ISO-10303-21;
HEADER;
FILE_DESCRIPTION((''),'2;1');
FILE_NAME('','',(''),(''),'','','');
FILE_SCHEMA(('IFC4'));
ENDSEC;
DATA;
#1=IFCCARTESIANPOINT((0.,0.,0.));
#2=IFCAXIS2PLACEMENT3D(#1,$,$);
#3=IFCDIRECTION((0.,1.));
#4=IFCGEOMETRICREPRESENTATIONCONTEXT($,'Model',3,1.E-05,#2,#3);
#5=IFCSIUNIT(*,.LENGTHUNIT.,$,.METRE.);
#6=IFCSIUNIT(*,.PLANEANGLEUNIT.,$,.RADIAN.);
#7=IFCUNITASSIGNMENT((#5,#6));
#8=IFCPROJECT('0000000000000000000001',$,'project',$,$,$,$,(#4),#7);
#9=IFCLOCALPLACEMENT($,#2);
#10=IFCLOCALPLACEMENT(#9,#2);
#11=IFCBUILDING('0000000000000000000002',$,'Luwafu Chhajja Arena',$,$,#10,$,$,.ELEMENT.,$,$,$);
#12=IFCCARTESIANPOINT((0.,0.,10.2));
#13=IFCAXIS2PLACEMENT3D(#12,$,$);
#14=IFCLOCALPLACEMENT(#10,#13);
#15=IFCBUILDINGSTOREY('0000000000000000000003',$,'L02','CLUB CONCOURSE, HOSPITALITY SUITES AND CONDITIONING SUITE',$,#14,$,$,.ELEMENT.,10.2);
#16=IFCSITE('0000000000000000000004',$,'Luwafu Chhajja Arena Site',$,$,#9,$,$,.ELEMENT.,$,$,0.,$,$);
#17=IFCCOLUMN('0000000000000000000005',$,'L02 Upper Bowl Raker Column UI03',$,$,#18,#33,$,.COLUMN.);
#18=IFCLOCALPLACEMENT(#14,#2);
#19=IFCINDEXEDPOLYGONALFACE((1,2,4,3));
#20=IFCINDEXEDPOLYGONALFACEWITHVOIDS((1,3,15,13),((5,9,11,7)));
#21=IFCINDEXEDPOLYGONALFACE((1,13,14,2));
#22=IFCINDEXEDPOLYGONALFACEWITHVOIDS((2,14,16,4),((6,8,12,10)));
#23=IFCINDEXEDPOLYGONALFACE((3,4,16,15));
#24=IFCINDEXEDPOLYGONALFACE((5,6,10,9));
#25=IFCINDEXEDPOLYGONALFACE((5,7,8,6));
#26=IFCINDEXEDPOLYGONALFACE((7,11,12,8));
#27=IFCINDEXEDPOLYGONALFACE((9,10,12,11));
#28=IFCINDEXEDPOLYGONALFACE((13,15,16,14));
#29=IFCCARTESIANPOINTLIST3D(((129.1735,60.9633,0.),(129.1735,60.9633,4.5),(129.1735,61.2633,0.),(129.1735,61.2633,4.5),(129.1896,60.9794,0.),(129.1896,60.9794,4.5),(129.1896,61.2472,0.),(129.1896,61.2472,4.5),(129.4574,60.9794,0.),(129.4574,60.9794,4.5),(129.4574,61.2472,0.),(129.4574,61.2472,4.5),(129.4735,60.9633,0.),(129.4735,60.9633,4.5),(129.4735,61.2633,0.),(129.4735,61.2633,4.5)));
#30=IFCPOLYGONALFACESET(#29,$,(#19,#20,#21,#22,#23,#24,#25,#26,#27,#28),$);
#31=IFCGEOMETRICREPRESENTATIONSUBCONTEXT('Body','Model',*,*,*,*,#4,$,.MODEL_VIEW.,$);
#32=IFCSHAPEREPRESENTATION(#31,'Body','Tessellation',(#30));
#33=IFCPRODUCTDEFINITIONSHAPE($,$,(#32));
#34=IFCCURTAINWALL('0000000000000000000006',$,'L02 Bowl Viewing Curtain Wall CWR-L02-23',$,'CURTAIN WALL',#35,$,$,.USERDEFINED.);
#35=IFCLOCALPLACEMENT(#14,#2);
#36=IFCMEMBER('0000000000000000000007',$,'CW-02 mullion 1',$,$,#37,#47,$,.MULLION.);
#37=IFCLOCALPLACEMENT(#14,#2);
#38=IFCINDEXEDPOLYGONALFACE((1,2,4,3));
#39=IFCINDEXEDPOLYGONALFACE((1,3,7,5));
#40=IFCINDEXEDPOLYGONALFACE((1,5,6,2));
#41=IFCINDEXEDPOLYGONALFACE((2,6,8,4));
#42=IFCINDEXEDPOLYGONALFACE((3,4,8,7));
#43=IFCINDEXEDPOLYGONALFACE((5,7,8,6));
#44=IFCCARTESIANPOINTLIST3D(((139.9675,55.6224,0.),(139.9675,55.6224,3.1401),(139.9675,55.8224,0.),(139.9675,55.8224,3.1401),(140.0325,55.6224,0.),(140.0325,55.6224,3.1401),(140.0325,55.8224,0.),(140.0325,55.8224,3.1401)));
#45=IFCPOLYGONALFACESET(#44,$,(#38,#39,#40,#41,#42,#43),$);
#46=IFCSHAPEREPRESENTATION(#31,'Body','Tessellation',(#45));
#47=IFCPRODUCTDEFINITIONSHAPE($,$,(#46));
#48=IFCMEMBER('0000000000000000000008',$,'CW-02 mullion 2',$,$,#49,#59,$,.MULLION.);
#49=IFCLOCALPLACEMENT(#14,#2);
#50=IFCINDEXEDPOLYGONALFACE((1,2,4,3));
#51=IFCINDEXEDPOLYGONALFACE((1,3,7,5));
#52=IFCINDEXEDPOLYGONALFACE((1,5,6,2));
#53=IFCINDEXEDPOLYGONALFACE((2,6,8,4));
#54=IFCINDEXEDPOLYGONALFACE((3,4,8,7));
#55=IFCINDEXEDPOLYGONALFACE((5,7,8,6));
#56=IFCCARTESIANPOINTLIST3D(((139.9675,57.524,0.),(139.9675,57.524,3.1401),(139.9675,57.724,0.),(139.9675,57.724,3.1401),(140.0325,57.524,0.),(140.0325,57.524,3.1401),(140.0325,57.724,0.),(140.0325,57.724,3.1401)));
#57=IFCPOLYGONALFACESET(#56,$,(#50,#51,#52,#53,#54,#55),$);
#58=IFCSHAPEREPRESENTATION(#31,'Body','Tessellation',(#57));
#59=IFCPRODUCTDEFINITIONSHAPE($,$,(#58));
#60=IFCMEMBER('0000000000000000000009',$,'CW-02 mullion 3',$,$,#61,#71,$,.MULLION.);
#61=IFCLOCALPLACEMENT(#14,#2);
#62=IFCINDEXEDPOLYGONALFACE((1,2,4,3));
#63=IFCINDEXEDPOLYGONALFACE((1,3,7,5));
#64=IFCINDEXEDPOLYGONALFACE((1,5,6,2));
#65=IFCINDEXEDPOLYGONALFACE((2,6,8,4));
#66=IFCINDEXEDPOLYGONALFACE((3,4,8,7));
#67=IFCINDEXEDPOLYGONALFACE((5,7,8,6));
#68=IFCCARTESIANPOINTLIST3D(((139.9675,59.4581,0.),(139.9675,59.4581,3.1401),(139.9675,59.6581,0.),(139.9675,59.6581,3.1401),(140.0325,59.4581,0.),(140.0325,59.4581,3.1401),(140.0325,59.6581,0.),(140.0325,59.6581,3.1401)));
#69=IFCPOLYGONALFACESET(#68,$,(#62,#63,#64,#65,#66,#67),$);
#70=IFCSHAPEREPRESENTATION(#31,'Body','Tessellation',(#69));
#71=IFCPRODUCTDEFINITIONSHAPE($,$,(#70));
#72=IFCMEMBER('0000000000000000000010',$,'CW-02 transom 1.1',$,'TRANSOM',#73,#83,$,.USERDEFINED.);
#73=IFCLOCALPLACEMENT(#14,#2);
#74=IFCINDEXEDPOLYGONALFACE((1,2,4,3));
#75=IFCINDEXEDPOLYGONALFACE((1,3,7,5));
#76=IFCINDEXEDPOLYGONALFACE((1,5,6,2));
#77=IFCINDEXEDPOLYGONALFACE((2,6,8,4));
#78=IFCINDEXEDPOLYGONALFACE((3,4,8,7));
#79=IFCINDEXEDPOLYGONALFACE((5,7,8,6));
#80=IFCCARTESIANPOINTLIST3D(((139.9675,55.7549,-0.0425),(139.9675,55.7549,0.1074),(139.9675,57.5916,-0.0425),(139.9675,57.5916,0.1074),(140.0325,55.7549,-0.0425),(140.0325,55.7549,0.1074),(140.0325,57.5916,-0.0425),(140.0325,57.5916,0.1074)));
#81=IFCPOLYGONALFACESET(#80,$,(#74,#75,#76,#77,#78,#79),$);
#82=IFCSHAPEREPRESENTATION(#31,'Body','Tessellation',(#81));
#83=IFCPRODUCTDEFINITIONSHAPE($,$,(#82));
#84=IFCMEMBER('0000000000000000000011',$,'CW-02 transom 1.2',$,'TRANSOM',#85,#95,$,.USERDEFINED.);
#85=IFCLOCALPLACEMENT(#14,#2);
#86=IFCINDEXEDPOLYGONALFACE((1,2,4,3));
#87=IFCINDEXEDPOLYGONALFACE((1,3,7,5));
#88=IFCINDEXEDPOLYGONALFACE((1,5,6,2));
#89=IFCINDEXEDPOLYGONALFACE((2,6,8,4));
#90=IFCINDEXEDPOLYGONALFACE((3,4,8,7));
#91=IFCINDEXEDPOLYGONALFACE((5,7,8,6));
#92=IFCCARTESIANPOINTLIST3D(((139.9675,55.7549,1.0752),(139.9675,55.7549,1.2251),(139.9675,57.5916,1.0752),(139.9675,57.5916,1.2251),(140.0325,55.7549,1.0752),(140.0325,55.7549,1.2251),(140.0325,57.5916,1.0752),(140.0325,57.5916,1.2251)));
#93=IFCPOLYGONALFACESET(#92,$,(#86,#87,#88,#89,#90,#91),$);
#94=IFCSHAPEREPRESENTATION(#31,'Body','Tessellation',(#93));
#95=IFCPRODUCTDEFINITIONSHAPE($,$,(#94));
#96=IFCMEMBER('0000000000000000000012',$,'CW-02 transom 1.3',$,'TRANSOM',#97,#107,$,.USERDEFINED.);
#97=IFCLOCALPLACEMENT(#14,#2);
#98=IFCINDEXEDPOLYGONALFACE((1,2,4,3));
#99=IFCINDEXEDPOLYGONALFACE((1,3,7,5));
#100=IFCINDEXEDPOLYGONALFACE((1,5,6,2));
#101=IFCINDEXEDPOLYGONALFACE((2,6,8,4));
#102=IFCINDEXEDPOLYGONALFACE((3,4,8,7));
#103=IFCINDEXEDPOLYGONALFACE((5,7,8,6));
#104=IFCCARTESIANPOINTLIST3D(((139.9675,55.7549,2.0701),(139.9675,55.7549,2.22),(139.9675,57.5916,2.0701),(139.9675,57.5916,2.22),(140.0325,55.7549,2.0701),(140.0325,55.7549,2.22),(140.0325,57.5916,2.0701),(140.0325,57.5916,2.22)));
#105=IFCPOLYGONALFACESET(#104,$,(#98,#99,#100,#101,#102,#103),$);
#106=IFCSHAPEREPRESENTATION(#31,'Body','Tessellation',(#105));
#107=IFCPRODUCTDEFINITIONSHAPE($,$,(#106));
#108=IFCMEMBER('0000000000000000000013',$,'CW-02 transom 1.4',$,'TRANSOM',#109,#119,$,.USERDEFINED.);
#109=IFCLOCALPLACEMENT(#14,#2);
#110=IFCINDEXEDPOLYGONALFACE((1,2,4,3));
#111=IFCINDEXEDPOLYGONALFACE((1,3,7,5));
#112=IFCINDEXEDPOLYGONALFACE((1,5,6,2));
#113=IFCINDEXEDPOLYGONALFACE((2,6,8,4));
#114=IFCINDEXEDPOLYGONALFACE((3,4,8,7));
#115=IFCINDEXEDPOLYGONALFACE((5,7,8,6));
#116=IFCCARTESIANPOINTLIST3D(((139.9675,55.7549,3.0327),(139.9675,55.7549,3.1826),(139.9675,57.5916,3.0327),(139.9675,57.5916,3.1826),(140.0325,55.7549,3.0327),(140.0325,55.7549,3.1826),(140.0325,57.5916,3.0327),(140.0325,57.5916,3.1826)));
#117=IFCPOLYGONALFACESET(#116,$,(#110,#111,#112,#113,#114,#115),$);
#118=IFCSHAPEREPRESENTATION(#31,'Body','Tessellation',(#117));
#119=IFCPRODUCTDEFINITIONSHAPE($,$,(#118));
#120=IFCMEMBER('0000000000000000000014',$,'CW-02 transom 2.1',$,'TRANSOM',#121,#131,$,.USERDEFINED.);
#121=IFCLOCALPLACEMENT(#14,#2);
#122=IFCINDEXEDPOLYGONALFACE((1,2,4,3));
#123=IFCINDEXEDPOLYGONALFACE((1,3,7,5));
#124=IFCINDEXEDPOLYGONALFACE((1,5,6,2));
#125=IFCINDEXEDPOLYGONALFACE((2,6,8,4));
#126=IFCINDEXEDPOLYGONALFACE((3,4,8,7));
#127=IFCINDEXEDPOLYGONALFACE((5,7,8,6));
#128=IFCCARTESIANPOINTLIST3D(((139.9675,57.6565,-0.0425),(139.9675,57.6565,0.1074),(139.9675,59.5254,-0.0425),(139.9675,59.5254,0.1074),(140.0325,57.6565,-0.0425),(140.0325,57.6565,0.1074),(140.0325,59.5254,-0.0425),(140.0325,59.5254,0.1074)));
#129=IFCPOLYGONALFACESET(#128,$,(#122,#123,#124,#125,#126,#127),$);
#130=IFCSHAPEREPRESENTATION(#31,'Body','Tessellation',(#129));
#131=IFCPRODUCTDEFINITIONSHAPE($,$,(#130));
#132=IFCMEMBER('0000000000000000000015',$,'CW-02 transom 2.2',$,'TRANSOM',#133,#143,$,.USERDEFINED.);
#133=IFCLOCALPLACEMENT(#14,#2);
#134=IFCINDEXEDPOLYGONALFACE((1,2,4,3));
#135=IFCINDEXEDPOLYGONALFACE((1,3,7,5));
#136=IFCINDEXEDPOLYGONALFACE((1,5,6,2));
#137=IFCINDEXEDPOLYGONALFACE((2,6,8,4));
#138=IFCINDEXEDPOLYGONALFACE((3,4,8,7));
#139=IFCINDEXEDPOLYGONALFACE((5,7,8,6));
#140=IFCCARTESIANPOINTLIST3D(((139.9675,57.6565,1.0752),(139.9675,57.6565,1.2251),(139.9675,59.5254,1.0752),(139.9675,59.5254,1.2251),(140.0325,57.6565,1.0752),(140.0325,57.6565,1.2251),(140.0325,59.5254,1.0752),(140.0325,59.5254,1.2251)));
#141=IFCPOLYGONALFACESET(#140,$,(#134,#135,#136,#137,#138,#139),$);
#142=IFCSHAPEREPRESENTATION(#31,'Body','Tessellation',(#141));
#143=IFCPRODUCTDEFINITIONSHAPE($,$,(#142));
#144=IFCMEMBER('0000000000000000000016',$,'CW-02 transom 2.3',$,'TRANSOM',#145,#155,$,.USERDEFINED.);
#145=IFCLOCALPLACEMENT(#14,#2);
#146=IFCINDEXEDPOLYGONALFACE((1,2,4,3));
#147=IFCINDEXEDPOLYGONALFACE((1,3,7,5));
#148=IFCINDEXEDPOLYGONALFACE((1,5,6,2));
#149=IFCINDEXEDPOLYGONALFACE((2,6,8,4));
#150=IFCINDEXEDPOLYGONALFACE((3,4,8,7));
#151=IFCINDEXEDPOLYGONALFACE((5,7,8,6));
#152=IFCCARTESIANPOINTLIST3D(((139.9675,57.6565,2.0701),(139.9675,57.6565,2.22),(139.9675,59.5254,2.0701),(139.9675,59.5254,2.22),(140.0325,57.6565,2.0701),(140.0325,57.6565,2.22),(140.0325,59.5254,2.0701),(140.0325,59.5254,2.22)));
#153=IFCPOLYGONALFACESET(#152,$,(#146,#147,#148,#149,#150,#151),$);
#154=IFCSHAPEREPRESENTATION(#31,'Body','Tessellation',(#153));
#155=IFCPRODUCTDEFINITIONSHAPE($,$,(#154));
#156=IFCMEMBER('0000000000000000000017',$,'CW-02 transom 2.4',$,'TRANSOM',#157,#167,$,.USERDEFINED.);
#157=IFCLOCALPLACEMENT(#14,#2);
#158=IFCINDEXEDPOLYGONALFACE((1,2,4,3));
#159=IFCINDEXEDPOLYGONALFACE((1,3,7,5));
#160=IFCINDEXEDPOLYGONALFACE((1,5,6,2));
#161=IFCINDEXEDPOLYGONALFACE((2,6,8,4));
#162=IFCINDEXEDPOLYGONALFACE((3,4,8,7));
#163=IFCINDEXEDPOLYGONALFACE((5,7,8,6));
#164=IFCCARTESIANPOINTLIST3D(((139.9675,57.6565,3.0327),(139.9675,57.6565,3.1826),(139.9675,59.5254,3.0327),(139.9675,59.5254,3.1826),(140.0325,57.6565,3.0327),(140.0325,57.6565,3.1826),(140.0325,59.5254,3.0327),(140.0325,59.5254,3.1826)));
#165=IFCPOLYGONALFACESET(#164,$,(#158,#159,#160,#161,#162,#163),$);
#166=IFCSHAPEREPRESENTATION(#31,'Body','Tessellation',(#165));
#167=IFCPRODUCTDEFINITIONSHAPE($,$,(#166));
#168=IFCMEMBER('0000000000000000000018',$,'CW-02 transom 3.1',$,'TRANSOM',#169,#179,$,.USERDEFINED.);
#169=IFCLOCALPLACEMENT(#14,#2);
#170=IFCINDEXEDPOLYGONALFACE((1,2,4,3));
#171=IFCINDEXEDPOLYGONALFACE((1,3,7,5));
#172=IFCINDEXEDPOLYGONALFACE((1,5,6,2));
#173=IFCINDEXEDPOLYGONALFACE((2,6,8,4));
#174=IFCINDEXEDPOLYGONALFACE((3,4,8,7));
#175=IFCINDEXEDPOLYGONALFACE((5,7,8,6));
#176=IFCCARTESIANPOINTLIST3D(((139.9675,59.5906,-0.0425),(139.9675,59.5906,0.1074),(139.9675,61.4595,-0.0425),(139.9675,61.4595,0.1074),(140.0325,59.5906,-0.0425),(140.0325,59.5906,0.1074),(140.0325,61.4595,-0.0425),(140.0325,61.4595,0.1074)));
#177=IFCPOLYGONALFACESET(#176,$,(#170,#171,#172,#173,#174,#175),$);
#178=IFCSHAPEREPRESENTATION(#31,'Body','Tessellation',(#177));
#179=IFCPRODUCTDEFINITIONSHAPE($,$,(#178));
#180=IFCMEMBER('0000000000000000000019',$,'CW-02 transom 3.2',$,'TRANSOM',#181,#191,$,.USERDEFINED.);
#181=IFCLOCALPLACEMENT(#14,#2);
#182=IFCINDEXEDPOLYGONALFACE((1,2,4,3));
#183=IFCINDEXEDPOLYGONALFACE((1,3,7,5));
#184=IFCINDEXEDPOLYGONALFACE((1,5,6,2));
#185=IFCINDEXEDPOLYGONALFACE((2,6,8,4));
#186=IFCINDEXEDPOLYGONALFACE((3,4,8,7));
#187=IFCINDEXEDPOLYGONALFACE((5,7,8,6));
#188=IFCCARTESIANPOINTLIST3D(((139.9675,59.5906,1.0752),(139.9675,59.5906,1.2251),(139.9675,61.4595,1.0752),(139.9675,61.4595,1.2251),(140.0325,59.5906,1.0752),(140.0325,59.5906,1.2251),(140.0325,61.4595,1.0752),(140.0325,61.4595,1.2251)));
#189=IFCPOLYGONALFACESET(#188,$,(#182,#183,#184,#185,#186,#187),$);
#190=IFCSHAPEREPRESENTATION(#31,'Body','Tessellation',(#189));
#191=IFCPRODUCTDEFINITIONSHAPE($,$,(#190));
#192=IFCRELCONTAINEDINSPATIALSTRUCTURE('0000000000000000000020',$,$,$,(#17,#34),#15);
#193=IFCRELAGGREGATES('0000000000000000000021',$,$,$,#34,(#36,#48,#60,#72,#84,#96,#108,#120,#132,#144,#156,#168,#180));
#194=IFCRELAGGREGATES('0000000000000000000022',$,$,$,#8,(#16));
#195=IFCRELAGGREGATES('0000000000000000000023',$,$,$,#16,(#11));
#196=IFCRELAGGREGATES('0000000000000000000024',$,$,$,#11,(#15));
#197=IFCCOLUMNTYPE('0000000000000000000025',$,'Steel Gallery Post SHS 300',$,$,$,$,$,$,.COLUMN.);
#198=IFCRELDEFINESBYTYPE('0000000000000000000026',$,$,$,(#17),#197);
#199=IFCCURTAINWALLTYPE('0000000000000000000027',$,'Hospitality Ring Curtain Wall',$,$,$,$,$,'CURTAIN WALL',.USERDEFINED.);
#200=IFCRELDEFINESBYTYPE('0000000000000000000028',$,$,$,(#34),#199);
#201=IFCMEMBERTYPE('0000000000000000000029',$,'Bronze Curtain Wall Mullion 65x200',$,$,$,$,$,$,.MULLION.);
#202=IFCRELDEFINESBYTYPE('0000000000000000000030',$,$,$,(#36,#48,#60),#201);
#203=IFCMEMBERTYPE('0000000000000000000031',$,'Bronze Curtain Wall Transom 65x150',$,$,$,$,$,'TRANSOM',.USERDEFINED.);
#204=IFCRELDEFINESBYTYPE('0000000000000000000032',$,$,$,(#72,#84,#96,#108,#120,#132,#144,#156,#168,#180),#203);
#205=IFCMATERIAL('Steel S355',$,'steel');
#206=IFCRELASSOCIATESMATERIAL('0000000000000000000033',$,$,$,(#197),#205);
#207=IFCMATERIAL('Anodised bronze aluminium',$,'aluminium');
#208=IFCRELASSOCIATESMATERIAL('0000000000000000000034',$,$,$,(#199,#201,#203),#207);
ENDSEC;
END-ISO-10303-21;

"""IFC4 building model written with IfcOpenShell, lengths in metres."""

from ifc_helpers import new_model, si_unit, direction, frame, origin, origin_2d, place, context, subcontext, project, spatial, rectangle, hollow_rectangle, extrude, material, material_profile, profile_set, type_object, element, aggregate, save


model = new_model("IFC4")

# Units and contexts
model_context = context("Model", 3, precision=1e-05, world=origin(), true_north=direction((0.0, 1.0)))
body_context = subcontext(model_context, "Body", "Model", "MODEL_VIEW")
ifc_project = project(units=[si_unit("LENGTHUNIT", "METRE"), si_unit("PLANEANGLEUNIT", "RADIAN")], contexts=[model_context])

# Site, building, storey
site_placement = place(None, origin())
site = spatial("IfcSite", under=ifc_project, at=site_placement, Name="Luwafu Chhajja Arena Site", CompositionType="ELEMENT", RefElevation=0.0)
building_placement = place(site_placement, origin())
building = spatial("IfcBuilding", under=site, at=building_placement, Name="Luwafu Chhajja Arena", CompositionType="ELEMENT")
storey_placement = place(building_placement, frame((0.0, 0.0, 10.2)))
storey = spatial("IfcBuildingStorey", under=building, at=storey_placement, Name="L02", Description="CLUB CONCOURSE, HOSPITALITY SUITES AND CONDITIONING SUITE", CompositionType="ELEMENT", Elevation=10.2)

# Column
ifc_material_1 = material(Name="Steel S355", Category="steel")
ifc_material_profile_1 = material_profile(ifc_material_1, hollow_rectangle(XDim=0.3, YDim=0.3, WallThickness=0.0161, at=origin_2d()), Name="SHS 300x300x16")
ifc_profile_set_1 = profile_set([ifc_material_profile_1], Name="Steel S355")
column_type = type_object("IfcColumnType", Name="Steel Gallery Post SHS 300", PredefinedType="COLUMN", material=ifc_profile_set_1)
column_placement = place(storey_placement, frame((129.3235, 61.1133, 0.0), z_axis=(0.0, 0.0, 1.0), x_axis=(1.0, 0.0, 0.0)))
element("IfcColumn", 1, at=column_placement, inside=storey, type_object=column_type, Name="L02 Upper Bowl Raker Column UI03", PredefinedType="COLUMN", context=body_context, shape_type="SweptSolid", body=[
    extrude(hollow_rectangle(XDim=0.3, YDim=0.3, WallThickness=0.0161, at=origin_2d()), origin(), (0.0, 0.0, 1.0), 4.5),
])

# Curtain wall, members
ifc_material_2 = material(Name="Anodised bronze aluminium", Category="aluminium")
curtain_wall_type = type_object("IfcCurtainWallType", Name="Hospitality Ring Curtain Wall", ElementType="CURTAIN WALL", PredefinedType="USERDEFINED", material=ifc_material_2)
curtain_wall_placement = place(storey_placement, origin())
curtain_wall = element("IfcCurtainWall", 2, at=curtain_wall_placement, inside=storey, type_object=curtain_wall_type, Name="L02 Bowl Viewing Curtain Wall CWR-L02-23", ObjectType="CURTAIN WALL", PredefinedType="USERDEFINED")
ifc_material_profile_2 = material_profile(ifc_material_2, rectangle(XDim=0.0649, YDim=0.2, at=origin_2d()), Name="CWM 65x200")
ifc_profile_set_2 = profile_set([ifc_material_profile_2], Name="Anodised bronze aluminium")
member_type_1 = type_object("IfcMemberType", Name="Bronze Curtain Wall Mullion 65x200", PredefinedType="MULLION", material=ifc_profile_set_2)
member_1_placement = place(storey_placement, frame((140.0, 55.7224, 0.0), z_axis=(0.0, 0.0, 1.0), x_axis=(-1.0, 0.0, 0.0)))
member_1 = element("IfcMember", 3, at=member_1_placement, type_object=member_type_1, Name="CW-02 mullion 1", PredefinedType="MULLION", context=body_context, shape_type="SweptSolid", body=[
    extrude(rectangle(XDim=0.0649, YDim=0.2, at=origin_2d()), origin(), (0.0, 0.0, 1.0), 3.1401),
])
member_2_placement = place(storey_placement, frame((140.0, 57.624, 0.0), z_axis=(0.0, 0.0, 1.0), x_axis=(-1.0, 0.0, 0.0)))
member_2 = element("IfcMember", 4, at=member_2_placement, type_object=member_type_1, Name="CW-02 mullion 2", PredefinedType="MULLION", context=body_context, shape_type="SweptSolid", body=[
    extrude(rectangle(XDim=0.0649, YDim=0.2, at=origin_2d()), origin(), (0.0, 0.0, 1.0), 3.1401),
])
member_3_placement = place(storey_placement, frame((140.0, 59.5581, 0.0), z_axis=(0.0, 0.0, 1.0), x_axis=(-1.0, 0.0, 0.0)))
member_3 = element("IfcMember", 5, at=member_3_placement, type_object=member_type_1, Name="CW-02 mullion 3", PredefinedType="MULLION", context=body_context, shape_type="SweptSolid", body=[
    extrude(rectangle(XDim=0.0649, YDim=0.2, at=origin_2d()), origin(), (0.0, 0.0, 1.0), 3.1401),
])
ifc_material_profile_3 = material_profile(ifc_material_2, rectangle(XDim=0.0649, YDim=0.1499, at=origin_2d()), Name="CWT 65x150")
ifc_profile_set_3 = profile_set([ifc_material_profile_3], Name="Anodised bronze aluminium")
member_type_2 = type_object("IfcMemberType", Name="Bronze Curtain Wall Transom 65x150", ElementType="TRANSOM", PredefinedType="USERDEFINED", material=ifc_profile_set_3)
member_4_placement = place(storey_placement, frame((140.0, 55.7549, 0.0325), z_axis=(0.0, 1.0, 0.0), x_axis=(-1.0, 0.0, 0.0)))
member_4 = element("IfcMember", 6, at=member_4_placement, type_object=member_type_2, Name="CW-02 transom 1.1", ObjectType="TRANSOM", PredefinedType="USERDEFINED", context=body_context, shape_type="SweptSolid", body=[
    extrude(rectangle(XDim=0.0649, YDim=0.1499, at=origin_2d()), origin(), (0.0, 0.0, 1.0), 1.8367),
])
member_5_placement = place(storey_placement, frame((140.0, 55.7549, 1.1501), z_axis=(0.0, 1.0, 0.0), x_axis=(-1.0, 0.0, 0.0)))
member_5 = element("IfcMember", 7, at=member_5_placement, type_object=member_type_2, Name="CW-02 transom 1.2", ObjectType="TRANSOM", PredefinedType="USERDEFINED", context=body_context, shape_type="SweptSolid", body=[
    extrude(rectangle(XDim=0.0649, YDim=0.1499, at=origin_2d()), origin(), (0.0, 0.0, 1.0), 1.8367),
])
member_6_placement = place(storey_placement, frame((140.0, 55.7549, 2.145), z_axis=(0.0, 1.0, 0.0), x_axis=(-1.0, 0.0, 0.0)))
member_6 = element("IfcMember", 8, at=member_6_placement, type_object=member_type_2, Name="CW-02 transom 1.3", ObjectType="TRANSOM", PredefinedType="USERDEFINED", context=body_context, shape_type="SweptSolid", body=[
    extrude(rectangle(XDim=0.0649, YDim=0.1499, at=origin_2d()), origin(), (0.0, 0.0, 1.0), 1.8367),
])
member_7_placement = place(storey_placement, frame((140.0, 55.7549, 3.1077), z_axis=(0.0, 1.0, 0.0), x_axis=(-1.0, 0.0, 0.0)))
member_7 = element("IfcMember", 9, at=member_7_placement, type_object=member_type_2, Name="CW-02 transom 1.4", ObjectType="TRANSOM", PredefinedType="USERDEFINED", context=body_context, shape_type="SweptSolid", body=[
    extrude(rectangle(XDim=0.0649, YDim=0.1499, at=origin_2d()), origin(), (0.0, 0.0, 1.0), 1.8367),
])
member_8_placement = place(storey_placement, frame((140.0, 57.6565, 0.0325), z_axis=(0.0, 1.0, 0.0), x_axis=(-1.0, 0.0, 0.0)))
member_8 = element("IfcMember", 10, at=member_8_placement, type_object=member_type_2, Name="CW-02 transom 2.1", ObjectType="TRANSOM", PredefinedType="USERDEFINED", context=body_context, shape_type="SweptSolid", body=[
    extrude(rectangle(XDim=0.0649, YDim=0.1499, at=origin_2d()), origin(), (0.0, 0.0, 1.0), 1.8689),
])
member_9_placement = place(storey_placement, frame((140.0, 57.6565, 1.1501), z_axis=(0.0, 1.0, 0.0), x_axis=(-1.0, 0.0, 0.0)))
member_9 = element("IfcMember", 11, at=member_9_placement, type_object=member_type_2, Name="CW-02 transom 2.2", ObjectType="TRANSOM", PredefinedType="USERDEFINED", context=body_context, shape_type="SweptSolid", body=[
    extrude(rectangle(XDim=0.0649, YDim=0.1499, at=origin_2d()), origin(), (0.0, 0.0, 1.0), 1.8689),
])
member_10_placement = place(storey_placement, frame((140.0, 57.6565, 2.145), z_axis=(0.0, 1.0, 0.0), x_axis=(-1.0, 0.0, 0.0)))
member_10 = element("IfcMember", 12, at=member_10_placement, type_object=member_type_2, Name="CW-02 transom 2.3", ObjectType="TRANSOM", PredefinedType="USERDEFINED", context=body_context, shape_type="SweptSolid", body=[
    extrude(rectangle(XDim=0.0649, YDim=0.1499, at=origin_2d()), origin(), (0.0, 0.0, 1.0), 1.8689),
])
member_11_placement = place(storey_placement, frame((140.0, 57.6565, 3.1077), z_axis=(0.0, 1.0, 0.0), x_axis=(-1.0, 0.0, 0.0)))
member_11 = element("IfcMember", 13, at=member_11_placement, type_object=member_type_2, Name="CW-02 transom 2.4", ObjectType="TRANSOM", PredefinedType="USERDEFINED", context=body_context, shape_type="SweptSolid", body=[
    extrude(rectangle(XDim=0.0649, YDim=0.1499, at=origin_2d()), origin(), (0.0, 0.0, 1.0), 1.8689),
])
member_12_placement = place(storey_placement, frame((140.0, 59.5906, 0.0325), z_axis=(0.0, 1.0, 0.0), x_axis=(-1.0, 0.0, 0.0)))
member_12 = element("IfcMember", 14, at=member_12_placement, type_object=member_type_2, Name="CW-02 transom 3.1", ObjectType="TRANSOM", PredefinedType="USERDEFINED", context=body_context, shape_type="SweptSolid", body=[
    extrude(rectangle(XDim=0.0649, YDim=0.1499, at=origin_2d()), origin(), (0.0, 0.0, 1.0), 1.8689),
])
member_13_placement = place(storey_placement, frame((140.0, 59.5906, 1.1501), z_axis=(0.0, 1.0, 0.0), x_axis=(-1.0, 0.0, 0.0)))
member_13 = element("IfcMember", 15, at=member_13_placement, type_object=member_type_2, Name="CW-02 transom 3.2", ObjectType="TRANSOM", PredefinedType="USERDEFINED", context=body_context, shape_type="SweptSolid", body=[
    extrude(rectangle(XDim=0.0649, YDim=0.1499, at=origin_2d()), origin(), (0.0, 0.0, 1.0), 1.8689),
])
aggregate(curtain_wall, [member_1, member_2, member_3, member_4, member_5, member_6, member_7, member_8, member_9, member_10, member_11, member_12, member_13])

save(model, "model.ifc")
